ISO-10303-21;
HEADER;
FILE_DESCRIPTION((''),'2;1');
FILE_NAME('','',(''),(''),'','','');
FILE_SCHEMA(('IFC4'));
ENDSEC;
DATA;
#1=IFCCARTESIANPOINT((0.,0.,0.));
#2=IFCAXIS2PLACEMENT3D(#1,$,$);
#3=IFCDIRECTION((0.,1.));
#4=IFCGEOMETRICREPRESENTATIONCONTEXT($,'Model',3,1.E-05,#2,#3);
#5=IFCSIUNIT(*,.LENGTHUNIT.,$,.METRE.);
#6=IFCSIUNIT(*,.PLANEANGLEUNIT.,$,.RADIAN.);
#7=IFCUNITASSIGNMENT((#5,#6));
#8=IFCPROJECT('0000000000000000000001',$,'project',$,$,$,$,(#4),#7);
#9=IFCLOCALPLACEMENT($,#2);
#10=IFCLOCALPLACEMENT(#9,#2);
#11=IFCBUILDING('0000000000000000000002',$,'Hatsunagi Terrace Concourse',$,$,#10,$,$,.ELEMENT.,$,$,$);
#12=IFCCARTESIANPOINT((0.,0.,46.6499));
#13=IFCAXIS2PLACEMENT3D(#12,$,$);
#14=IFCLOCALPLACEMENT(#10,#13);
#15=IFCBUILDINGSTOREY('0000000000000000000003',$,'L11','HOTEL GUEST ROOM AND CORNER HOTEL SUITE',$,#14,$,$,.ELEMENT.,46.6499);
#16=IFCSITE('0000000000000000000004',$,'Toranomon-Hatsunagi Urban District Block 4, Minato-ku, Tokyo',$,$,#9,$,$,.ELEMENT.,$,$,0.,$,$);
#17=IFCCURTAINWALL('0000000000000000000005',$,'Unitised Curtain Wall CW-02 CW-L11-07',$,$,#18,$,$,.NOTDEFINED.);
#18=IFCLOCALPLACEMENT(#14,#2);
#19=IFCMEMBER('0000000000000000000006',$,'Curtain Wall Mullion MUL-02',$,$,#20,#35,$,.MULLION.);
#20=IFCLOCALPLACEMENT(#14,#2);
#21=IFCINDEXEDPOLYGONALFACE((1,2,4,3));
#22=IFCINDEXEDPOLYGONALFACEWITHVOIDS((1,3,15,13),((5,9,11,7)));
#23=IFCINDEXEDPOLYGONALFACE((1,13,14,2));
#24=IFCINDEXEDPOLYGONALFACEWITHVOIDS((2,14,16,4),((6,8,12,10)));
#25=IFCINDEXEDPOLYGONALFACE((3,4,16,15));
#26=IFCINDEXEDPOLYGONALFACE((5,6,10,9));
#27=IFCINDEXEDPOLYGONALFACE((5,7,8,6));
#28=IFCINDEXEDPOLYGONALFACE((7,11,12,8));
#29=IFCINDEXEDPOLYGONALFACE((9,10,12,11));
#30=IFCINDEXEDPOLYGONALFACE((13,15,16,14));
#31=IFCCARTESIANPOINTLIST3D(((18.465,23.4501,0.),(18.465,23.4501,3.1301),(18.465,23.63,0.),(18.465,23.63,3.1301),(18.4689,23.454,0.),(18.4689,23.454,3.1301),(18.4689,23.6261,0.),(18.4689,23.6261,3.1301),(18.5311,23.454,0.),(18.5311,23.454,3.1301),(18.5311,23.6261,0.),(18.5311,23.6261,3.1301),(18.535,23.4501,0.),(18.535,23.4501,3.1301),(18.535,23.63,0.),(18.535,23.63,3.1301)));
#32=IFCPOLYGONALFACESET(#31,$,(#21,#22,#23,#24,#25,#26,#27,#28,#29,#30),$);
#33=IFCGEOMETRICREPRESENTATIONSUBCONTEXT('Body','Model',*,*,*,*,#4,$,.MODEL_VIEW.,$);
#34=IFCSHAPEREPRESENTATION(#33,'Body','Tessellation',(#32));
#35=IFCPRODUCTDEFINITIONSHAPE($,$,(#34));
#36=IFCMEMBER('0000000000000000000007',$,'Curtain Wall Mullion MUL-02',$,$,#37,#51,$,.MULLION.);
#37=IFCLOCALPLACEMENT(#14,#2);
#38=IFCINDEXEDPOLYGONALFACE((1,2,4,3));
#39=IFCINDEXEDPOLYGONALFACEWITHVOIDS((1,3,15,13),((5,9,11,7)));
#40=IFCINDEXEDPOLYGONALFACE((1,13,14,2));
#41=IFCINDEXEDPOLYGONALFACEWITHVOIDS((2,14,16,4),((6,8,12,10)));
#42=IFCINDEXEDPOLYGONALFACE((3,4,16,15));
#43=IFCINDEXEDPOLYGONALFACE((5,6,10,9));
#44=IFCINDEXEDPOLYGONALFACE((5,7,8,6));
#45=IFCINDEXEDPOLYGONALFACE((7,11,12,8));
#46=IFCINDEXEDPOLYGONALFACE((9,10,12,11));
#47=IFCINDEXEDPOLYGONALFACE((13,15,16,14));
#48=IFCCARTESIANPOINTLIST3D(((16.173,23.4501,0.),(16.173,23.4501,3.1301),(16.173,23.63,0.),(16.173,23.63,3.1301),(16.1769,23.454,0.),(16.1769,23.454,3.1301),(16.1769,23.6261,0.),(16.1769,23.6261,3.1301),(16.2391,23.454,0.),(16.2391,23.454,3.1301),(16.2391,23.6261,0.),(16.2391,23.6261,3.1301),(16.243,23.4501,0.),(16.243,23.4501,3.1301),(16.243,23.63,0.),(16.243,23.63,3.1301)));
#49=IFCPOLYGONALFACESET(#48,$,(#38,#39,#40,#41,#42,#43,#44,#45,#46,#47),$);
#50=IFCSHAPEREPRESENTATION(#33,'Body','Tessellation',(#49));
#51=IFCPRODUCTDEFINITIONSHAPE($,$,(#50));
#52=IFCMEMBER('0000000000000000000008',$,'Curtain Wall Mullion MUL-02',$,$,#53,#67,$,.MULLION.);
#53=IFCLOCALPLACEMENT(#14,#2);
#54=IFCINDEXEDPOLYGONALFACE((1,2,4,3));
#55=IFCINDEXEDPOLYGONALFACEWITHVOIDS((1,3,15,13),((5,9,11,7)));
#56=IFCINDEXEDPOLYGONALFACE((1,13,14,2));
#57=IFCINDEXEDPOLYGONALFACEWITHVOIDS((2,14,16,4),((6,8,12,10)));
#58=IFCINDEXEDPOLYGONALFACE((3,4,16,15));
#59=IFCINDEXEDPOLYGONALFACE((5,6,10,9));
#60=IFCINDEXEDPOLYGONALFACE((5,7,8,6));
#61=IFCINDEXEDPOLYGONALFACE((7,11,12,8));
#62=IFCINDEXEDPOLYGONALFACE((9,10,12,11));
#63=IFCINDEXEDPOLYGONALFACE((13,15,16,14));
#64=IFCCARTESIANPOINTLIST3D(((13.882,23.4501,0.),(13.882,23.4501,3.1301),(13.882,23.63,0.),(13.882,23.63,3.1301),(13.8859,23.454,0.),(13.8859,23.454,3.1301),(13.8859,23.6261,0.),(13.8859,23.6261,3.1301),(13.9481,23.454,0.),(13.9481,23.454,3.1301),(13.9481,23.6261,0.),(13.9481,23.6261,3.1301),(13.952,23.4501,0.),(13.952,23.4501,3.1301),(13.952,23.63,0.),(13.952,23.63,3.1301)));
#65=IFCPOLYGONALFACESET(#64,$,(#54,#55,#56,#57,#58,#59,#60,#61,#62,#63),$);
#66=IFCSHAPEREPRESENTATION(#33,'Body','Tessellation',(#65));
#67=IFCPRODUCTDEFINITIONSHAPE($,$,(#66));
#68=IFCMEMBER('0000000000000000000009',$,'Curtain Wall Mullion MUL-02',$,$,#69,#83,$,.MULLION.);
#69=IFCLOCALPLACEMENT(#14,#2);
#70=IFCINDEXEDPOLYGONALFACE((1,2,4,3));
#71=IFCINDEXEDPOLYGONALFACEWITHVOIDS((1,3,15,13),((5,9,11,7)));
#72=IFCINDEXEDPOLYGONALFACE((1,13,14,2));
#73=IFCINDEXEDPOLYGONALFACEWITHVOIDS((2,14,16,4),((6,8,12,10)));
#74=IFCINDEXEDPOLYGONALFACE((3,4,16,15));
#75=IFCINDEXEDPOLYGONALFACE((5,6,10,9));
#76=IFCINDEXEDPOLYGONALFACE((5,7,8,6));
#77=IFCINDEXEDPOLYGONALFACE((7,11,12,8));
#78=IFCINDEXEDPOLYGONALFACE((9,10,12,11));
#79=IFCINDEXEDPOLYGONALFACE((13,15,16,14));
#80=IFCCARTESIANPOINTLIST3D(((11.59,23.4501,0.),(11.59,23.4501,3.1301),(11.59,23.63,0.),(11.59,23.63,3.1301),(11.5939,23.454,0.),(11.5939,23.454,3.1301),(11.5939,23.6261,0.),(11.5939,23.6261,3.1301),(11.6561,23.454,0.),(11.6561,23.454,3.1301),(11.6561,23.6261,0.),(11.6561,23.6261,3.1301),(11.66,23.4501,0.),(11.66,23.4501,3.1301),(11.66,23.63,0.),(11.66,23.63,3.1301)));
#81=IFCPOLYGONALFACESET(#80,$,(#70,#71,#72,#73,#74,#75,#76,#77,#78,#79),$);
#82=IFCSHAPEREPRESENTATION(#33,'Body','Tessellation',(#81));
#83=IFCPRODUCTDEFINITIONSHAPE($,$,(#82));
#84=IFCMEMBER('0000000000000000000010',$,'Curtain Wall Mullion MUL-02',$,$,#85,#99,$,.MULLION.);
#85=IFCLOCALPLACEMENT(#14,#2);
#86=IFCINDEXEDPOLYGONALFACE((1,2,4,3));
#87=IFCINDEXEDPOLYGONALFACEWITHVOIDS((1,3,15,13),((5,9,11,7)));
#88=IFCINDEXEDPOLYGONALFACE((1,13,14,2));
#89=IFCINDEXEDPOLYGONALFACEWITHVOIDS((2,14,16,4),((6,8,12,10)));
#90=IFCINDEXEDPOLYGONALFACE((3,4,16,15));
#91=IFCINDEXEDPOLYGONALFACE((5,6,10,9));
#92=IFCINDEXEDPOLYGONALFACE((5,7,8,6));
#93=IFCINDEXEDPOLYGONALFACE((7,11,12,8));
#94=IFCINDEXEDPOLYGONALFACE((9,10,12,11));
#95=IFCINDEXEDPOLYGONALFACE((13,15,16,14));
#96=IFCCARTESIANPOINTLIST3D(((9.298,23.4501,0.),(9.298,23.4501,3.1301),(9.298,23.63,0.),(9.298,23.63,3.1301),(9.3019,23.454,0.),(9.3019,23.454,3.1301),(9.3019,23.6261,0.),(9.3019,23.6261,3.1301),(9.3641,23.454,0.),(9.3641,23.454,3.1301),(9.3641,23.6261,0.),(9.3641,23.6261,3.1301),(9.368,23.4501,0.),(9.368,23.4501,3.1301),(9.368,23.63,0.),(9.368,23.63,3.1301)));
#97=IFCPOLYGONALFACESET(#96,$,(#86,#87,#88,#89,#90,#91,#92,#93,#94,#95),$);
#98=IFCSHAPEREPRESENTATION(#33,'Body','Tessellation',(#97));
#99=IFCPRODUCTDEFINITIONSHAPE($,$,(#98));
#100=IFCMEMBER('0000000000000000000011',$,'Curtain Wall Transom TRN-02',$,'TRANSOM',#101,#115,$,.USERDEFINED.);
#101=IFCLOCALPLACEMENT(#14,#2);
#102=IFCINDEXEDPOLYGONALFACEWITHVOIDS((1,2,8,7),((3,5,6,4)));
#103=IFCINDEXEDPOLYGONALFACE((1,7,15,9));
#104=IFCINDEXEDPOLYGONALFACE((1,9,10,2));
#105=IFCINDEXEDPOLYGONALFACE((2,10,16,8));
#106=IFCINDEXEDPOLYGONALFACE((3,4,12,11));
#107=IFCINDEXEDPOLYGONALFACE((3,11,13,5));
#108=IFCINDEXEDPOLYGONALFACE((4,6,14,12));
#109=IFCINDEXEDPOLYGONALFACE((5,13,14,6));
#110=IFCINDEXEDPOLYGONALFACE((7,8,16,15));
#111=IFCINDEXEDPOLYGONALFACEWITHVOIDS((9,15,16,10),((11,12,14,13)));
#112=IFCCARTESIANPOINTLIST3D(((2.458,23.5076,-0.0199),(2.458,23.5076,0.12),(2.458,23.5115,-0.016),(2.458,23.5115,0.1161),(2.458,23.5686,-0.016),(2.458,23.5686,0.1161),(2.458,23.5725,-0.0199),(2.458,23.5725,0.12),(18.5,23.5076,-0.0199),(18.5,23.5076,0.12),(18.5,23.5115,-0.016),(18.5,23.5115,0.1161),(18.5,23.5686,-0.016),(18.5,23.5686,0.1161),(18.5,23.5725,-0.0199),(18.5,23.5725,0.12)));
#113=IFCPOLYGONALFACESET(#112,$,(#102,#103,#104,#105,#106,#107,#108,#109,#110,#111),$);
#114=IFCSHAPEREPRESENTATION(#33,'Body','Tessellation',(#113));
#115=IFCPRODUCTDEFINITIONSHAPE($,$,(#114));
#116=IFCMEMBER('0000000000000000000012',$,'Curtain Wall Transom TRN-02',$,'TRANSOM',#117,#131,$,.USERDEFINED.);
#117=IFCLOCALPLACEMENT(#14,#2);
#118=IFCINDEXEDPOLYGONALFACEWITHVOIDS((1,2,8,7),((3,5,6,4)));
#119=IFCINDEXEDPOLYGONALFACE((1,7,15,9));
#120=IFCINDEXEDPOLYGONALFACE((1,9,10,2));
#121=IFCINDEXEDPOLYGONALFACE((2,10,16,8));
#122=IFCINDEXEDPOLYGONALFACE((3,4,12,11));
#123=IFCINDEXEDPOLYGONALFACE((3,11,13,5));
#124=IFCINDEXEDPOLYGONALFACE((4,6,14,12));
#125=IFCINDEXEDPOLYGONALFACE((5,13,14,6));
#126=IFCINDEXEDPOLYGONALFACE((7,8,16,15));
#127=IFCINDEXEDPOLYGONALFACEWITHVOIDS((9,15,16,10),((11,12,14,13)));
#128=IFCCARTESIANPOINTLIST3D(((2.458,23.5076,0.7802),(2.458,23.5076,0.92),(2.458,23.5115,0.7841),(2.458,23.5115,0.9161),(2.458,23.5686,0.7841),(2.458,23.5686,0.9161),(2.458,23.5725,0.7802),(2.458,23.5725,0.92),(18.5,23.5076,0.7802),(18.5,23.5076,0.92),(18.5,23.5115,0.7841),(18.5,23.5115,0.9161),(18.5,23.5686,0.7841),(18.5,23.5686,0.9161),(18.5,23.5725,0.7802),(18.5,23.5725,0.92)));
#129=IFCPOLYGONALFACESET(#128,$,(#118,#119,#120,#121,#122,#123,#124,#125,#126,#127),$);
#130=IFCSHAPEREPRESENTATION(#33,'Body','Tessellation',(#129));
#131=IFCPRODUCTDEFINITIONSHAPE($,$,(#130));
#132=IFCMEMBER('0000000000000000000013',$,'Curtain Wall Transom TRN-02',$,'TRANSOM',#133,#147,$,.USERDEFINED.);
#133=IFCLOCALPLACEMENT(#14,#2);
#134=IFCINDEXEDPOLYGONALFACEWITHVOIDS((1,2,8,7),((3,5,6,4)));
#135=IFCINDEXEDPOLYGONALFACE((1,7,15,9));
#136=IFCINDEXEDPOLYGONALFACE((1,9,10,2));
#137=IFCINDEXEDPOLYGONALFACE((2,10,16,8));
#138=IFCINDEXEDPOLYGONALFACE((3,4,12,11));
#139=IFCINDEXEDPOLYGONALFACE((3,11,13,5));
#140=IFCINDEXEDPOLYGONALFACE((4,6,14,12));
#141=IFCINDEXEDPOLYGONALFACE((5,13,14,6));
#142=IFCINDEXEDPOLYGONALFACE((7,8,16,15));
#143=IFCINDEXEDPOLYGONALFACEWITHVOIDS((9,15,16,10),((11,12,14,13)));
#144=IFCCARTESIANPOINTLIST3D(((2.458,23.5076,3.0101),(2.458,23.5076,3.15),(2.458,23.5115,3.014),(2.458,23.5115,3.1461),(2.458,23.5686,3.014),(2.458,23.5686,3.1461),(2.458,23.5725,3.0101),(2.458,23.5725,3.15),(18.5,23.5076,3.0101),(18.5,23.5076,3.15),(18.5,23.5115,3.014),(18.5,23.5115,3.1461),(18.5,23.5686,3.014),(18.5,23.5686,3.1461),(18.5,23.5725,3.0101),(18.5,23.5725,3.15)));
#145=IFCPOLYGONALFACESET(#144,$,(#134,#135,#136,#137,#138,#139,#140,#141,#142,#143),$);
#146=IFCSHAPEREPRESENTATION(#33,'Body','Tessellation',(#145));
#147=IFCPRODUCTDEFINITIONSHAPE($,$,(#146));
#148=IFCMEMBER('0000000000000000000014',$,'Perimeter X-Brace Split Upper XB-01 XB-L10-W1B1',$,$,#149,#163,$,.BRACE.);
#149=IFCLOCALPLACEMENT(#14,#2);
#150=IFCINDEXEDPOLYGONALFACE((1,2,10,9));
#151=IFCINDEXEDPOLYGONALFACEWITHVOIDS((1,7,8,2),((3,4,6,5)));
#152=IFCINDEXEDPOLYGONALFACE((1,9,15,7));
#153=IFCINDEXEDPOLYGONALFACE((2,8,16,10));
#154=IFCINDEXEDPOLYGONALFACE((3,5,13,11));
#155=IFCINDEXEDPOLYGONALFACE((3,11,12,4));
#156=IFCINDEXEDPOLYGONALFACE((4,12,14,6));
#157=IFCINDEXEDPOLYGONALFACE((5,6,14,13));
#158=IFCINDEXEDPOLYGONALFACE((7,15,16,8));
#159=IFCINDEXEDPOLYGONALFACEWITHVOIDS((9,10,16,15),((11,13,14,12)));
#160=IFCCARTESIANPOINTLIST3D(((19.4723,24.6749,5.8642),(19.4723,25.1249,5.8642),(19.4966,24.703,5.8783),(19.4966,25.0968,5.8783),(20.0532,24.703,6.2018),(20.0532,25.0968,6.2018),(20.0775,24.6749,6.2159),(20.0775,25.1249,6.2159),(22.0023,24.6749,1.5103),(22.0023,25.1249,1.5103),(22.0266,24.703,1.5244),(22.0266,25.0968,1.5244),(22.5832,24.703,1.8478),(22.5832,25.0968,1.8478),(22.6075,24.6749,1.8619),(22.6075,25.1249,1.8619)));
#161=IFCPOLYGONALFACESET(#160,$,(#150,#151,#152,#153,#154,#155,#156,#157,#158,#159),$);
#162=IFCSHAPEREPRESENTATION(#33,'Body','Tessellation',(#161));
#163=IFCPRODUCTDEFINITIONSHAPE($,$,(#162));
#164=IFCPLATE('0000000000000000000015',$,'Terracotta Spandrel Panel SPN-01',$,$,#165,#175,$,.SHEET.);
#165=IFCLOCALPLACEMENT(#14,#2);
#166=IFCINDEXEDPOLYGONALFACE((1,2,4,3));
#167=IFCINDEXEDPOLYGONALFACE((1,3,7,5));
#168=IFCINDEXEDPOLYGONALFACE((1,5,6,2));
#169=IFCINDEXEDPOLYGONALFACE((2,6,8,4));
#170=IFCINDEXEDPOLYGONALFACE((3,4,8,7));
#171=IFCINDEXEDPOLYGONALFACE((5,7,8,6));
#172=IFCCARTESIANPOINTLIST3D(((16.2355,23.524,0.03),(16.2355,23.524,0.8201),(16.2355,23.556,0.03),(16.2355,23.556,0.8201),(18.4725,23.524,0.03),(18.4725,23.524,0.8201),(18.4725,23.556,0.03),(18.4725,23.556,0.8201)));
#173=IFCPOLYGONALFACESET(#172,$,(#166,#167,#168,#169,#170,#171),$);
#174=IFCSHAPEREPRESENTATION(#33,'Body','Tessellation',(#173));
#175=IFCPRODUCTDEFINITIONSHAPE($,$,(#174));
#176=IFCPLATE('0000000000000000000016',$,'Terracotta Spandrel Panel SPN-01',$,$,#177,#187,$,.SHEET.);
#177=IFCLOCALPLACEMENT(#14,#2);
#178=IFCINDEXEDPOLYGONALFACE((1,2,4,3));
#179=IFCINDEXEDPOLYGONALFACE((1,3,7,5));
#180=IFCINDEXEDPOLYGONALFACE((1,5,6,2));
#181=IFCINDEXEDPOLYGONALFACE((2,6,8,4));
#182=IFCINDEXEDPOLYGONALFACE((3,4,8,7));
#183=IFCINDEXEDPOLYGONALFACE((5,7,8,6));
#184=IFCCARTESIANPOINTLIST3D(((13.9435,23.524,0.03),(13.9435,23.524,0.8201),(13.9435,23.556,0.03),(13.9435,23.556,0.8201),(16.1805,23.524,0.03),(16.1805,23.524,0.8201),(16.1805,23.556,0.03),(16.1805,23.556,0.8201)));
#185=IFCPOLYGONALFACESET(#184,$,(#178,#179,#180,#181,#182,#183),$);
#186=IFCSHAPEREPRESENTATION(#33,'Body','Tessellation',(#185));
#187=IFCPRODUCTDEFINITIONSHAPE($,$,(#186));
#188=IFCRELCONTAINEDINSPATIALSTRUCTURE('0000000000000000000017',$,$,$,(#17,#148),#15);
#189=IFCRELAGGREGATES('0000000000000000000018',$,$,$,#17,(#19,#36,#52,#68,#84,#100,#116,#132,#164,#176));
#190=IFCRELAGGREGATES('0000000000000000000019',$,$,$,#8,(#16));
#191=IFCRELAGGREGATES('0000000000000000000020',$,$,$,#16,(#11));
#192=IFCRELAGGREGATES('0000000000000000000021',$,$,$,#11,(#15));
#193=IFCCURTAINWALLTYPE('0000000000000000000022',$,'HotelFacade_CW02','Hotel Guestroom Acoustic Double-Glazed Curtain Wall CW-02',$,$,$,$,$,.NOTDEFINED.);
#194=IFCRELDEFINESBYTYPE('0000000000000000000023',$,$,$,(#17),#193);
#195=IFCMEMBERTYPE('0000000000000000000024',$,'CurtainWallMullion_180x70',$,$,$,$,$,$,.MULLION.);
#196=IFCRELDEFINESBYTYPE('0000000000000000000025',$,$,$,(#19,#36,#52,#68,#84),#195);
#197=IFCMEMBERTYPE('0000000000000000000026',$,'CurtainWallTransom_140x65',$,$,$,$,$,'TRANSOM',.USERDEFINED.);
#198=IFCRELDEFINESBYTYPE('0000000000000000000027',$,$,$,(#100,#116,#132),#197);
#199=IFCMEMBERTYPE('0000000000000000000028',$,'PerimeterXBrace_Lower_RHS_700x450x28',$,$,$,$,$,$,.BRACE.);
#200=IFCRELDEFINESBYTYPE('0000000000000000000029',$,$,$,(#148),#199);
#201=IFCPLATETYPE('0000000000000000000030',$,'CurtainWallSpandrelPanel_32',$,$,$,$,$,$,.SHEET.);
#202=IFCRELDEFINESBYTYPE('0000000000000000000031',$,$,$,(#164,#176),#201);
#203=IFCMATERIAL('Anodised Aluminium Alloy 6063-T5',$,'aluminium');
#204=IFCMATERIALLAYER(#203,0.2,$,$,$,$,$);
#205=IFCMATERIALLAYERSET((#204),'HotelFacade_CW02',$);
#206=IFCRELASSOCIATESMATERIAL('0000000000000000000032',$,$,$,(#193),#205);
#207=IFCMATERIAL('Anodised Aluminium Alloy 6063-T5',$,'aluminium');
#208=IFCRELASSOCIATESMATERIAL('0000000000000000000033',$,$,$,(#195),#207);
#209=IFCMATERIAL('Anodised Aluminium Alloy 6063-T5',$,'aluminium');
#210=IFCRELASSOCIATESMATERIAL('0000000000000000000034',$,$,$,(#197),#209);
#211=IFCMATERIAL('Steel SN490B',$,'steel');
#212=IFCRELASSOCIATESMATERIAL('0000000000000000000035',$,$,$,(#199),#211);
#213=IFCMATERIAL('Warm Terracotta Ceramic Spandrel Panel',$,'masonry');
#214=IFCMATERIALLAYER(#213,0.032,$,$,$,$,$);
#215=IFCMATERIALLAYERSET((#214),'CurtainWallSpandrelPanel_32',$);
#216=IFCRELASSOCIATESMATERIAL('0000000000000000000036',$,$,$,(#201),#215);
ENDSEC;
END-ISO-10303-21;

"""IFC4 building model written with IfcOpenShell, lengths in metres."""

from ifc_helpers import new_model, si_unit, direction, frame, origin, origin_2d, place, context, subcontext, project, spatial, rectangle, hollow_rectangle, extrude, material, layer, layer_set, material_profile, profile_set, type_object, element, aggregate, save


model = new_model("IFC4")

# Units and contexts
model_context = context("Model", 3, precision=1e-05, world=origin(), true_north=direction((0.0, 1.0)))
body_context = subcontext(model_context, "Body", "Model", "MODEL_VIEW")
ifc_project = project(units=[si_unit("LENGTHUNIT", "METRE"), si_unit("PLANEANGLEUNIT", "RADIAN")], contexts=[model_context])

# Site, building, storey
site_placement = place(None, origin())
site = spatial("IfcSite", under=ifc_project, at=site_placement, Name="Toranomon-Hatsunagi Urban District Block 4, Minato-ku, Tokyo", CompositionType="ELEMENT", RefElevation=0.0)
building_placement = place(site_placement, origin())
building = spatial("IfcBuilding", under=site, at=building_placement, Name="Hatsunagi Terrace Concourse", CompositionType="ELEMENT")
storey_placement = place(building_placement, frame((0.0, 0.0, 46.6499)))
storey = spatial("IfcBuildingStorey", under=building, at=storey_placement, Name="L11", Description="HOTEL GUEST ROOM AND CORNER HOTEL SUITE", CompositionType="ELEMENT", Elevation=46.6499)

# Curtain wall, members
ifc_material_1 = material(Name="Anodised Aluminium Alloy 6063-T5", Category="aluminium")
ifc_layer_1 = layer(ifc_material_1, 0.2)
ifc_layer_set_1 = layer_set([ifc_layer_1], Name="HotelFacade_CW02")
curtain_wall_type = type_object("IfcCurtainWallType", Name="HotelFacade_CW02", Description="Hotel Guestroom Acoustic Double-Glazed Curtain Wall CW-02", PredefinedType="NOTDEFINED", material=ifc_layer_set_1)
curtain_wall_placement = place(storey_placement, origin())
curtain_wall = element("IfcCurtainWall", 1, at=curtain_wall_placement, inside=storey, type_object=curtain_wall_type, Name="Unitised Curtain Wall CW-02 CW-L11-07", PredefinedType="NOTDEFINED")
ifc_material_2 = material(Name="Anodised Aluminium Alloy 6063-T5", Category="aluminium")
ifc_material_profile_1 = material_profile(ifc_material_2, hollow_rectangle(XDim=0.0701, YDim=0.1799, WallThickness=0.0039, at=origin_2d()), Name="ALU-MUL-180x70x4")
ifc_profile_set_1 = profile_set([ifc_material_profile_1], Name="Anodised Aluminium Alloy 6063-T5")
member_type_1 = type_object("IfcMemberType", Name="CurtainWallMullion_180x70", PredefinedType="MULLION", material=ifc_profile_set_1)
member_1_placement = place(storey_placement, frame((18.5, 23.54, 0.0), z_axis=(0.0, 0.0, 1.0), x_axis=(-1.0, 0.0, 0.0)))
member_1 = element("IfcMember", 2, at=member_1_placement, type_object=member_type_1, Name="Curtain Wall Mullion MUL-02", PredefinedType="MULLION", context=body_context, shape_type="SweptSolid", body=[
    extrude(hollow_rectangle(XDim=0.0701, YDim=0.1799, WallThickness=0.0039, at=origin_2d()), origin(), (0.0, 0.0, 1.0), 3.1301),
])
member_2_placement = place(storey_placement, frame((16.208, 23.54, 0.0), z_axis=(0.0, 0.0, 1.0), x_axis=(-1.0, 0.0, 0.0)))
member_2 = element("IfcMember", 3, at=member_2_placement, type_object=member_type_1, Name="Curtain Wall Mullion MUL-02", PredefinedType="MULLION", context=body_context, shape_type="SweptSolid", body=[
    extrude(hollow_rectangle(XDim=0.0701, YDim=0.1799, WallThickness=0.0039, at=origin_2d()), origin(), (0.0, 0.0, 1.0), 3.1301),
])
member_3_placement = place(storey_placement, frame((13.917, 23.54, 0.0), z_axis=(0.0, 0.0, 1.0), x_axis=(-1.0, 0.0, 0.0)))
member_3 = element("IfcMember", 4, at=member_3_placement, type_object=member_type_1, Name="Curtain Wall Mullion MUL-02", PredefinedType="MULLION", context=body_context, shape_type="SweptSolid", body=[
    extrude(hollow_rectangle(XDim=0.0701, YDim=0.1799, WallThickness=0.0039, at=origin_2d()), origin(), (0.0, 0.0, 1.0), 3.1301),
])
member_4_placement = place(storey_placement, frame((11.625, 23.54, 0.0), z_axis=(0.0, 0.0, 1.0), x_axis=(-1.0, 0.0, 0.0)))
member_4 = element("IfcMember", 5, at=member_4_placement, type_object=member_type_1, Name="Curtain Wall Mullion MUL-02", PredefinedType="MULLION", context=body_context, shape_type="SweptSolid", body=[
    extrude(hollow_rectangle(XDim=0.0701, YDim=0.1799, WallThickness=0.0039, at=origin_2d()), origin(), (0.0, 0.0, 1.0), 3.1301),
])
member_5_placement = place(storey_placement, frame((9.333, 23.54, 0.0), z_axis=(0.0, 0.0, 1.0), x_axis=(-1.0, 0.0, 0.0)))
member_5 = element("IfcMember", 6, at=member_5_placement, type_object=member_type_1, Name="Curtain Wall Mullion MUL-02", PredefinedType="MULLION", context=body_context, shape_type="SweptSolid", body=[
    extrude(hollow_rectangle(XDim=0.0701, YDim=0.1799, WallThickness=0.0039, at=origin_2d()), origin(), (0.0, 0.0, 1.0), 3.1301),
])
ifc_material_3 = material(Name="Anodised Aluminium Alloy 6063-T5", Category="aluminium")
ifc_material_profile_2 = material_profile(ifc_material_3, hollow_rectangle(XDim=0.0649, YDim=0.1399, WallThickness=0.0039, at=origin_2d()), Name="ALU-TRN-140x65x4")
ifc_profile_set_2 = profile_set([ifc_material_profile_2], Name="Anodised Aluminium Alloy 6063-T5")
member_type_2 = type_object("IfcMemberType", Name="CurtainWallTransom_140x65", ElementType="TRANSOM", PredefinedType="USERDEFINED", material=ifc_profile_set_2)
member_6_placement = place(storey_placement, frame((18.5, 23.54, 0.05), z_axis=(-1.0, 0.0, 0.0), x_axis=(0.0, -1.0, 0.0)))
member_6 = element("IfcMember", 7, at=member_6_placement, type_object=member_type_2, Name="Curtain Wall Transom TRN-02", ObjectType="TRANSOM", PredefinedType="USERDEFINED", context=body_context, shape_type="SweptSolid", body=[
    extrude(hollow_rectangle(XDim=0.0649, YDim=0.1399, WallThickness=0.0039, at=origin_2d()), origin(), (0.0, 0.0, 1.0), 16.042),
])
member_7_placement = place(storey_placement, frame((18.5, 23.54, 0.8501), z_axis=(-1.0, 0.0, 0.0), x_axis=(0.0, -1.0, 0.0)))
member_7 = element("IfcMember", 8, at=member_7_placement, type_object=member_type_2, Name="Curtain Wall Transom TRN-02", ObjectType="TRANSOM", PredefinedType="USERDEFINED", context=body_context, shape_type="SweptSolid", body=[
    extrude(hollow_rectangle(XDim=0.0649, YDim=0.1399, WallThickness=0.0039, at=origin_2d()), origin(), (0.0, 0.0, 1.0), 16.042),
])
member_8_placement = place(storey_placement, frame((18.5, 23.54, 3.0801), z_axis=(-1.0, 0.0, 0.0), x_axis=(0.0, -1.0, 0.0)))
member_8 = element("IfcMember", 9, at=member_8_placement, type_object=member_type_2, Name="Curtain Wall Transom TRN-02", ObjectType="TRANSOM", PredefinedType="USERDEFINED", context=body_context, shape_type="SweptSolid", body=[
    extrude(hollow_rectangle(XDim=0.0649, YDim=0.1399, WallThickness=0.0039, at=origin_2d()), origin(), (0.0, 0.0, 1.0), 16.042),
])

# Member
ifc_material_4 = material(Name="Steel SN490B", Category="steel")
ifc_material_profile_3 = material_profile(ifc_material_4, hollow_rectangle(XDim=0.45, YDim=0.7, WallThickness=0.0281, at=origin_2d()), Name="RHS-700x450x28")
ifc_profile_set_3 = profile_set([ifc_material_profile_3], Name="Steel SN490B")
member_type_3 = type_object("IfcMemberType", Name="PerimeterXBrace_Lower_RHS_700x450x28", PredefinedType="BRACE", material=ifc_profile_set_3)
member_9_placement = place(storey_placement, frame((19.7749, 24.8999, 6.04), z_axis=(0.502417, 0.0, -0.864625), x_axis=(0.0, 1.0, 0.0)))
element("IfcMember", 10, at=member_9_placement, inside=storey, type_object=member_type_3, Name="Perimeter X-Brace Split Upper XB-01 XB-L10-W1B1", PredefinedType="BRACE", context=body_context, shape_type="SweptSolid", body=[
    extrude(hollow_rectangle(XDim=0.45, YDim=0.7, WallThickness=0.0281, at=origin_2d()), origin(), (0.0, 0.0, 1.0), 5.0356),
])

# Plates
ifc_material_5 = material(Name="Warm Terracotta Ceramic Spandrel Panel", Category="masonry")
ifc_layer_2 = layer(ifc_material_5, 0.032)
ifc_layer_set_2 = layer_set([ifc_layer_2], Name="CurtainWallSpandrelPanel_32")
plate_type_1 = type_object("IfcPlateType", Name="CurtainWallSpandrelPanel_32", PredefinedType="SHEET", material=ifc_layer_set_2)
plate_1_placement = place(storey_placement, frame((17.354, 23.54, 0.03), z_axis=(0.0, 0.0, 1.0), x_axis=(-1.0, 0.0, 0.0)))
plate_1 = element("IfcPlate", 11, at=plate_1_placement, type_object=plate_type_1, Name="Terracotta Spandrel Panel SPN-01", PredefinedType="SHEET", context=body_context, shape_type="SweptSolid", body=[
    extrude(rectangle(XDim=2.2371, YDim=0.032, at=origin_2d()), origin(), (0.0, 0.0, 1.0), 0.79),
])
plate_2_placement = place(storey_placement, frame((15.062, 23.54, 0.03), z_axis=(0.0, 0.0, 1.0), x_axis=(-1.0, 0.0, 0.0)))
plate_2 = element("IfcPlate", 12, at=plate_2_placement, type_object=plate_type_1, Name="Terracotta Spandrel Panel SPN-01", PredefinedType="SHEET", context=body_context, shape_type="SweptSolid", body=[
    extrude(rectangle(XDim=2.2371, YDim=0.032, at=origin_2d()), origin(), (0.0, 0.0, 1.0), 0.79),
])
aggregate(curtain_wall, [member_1, member_2, member_3, member_4, member_5, member_6, member_7, member_8, plate_1, plate_2])

save(model, "model.ifc")
